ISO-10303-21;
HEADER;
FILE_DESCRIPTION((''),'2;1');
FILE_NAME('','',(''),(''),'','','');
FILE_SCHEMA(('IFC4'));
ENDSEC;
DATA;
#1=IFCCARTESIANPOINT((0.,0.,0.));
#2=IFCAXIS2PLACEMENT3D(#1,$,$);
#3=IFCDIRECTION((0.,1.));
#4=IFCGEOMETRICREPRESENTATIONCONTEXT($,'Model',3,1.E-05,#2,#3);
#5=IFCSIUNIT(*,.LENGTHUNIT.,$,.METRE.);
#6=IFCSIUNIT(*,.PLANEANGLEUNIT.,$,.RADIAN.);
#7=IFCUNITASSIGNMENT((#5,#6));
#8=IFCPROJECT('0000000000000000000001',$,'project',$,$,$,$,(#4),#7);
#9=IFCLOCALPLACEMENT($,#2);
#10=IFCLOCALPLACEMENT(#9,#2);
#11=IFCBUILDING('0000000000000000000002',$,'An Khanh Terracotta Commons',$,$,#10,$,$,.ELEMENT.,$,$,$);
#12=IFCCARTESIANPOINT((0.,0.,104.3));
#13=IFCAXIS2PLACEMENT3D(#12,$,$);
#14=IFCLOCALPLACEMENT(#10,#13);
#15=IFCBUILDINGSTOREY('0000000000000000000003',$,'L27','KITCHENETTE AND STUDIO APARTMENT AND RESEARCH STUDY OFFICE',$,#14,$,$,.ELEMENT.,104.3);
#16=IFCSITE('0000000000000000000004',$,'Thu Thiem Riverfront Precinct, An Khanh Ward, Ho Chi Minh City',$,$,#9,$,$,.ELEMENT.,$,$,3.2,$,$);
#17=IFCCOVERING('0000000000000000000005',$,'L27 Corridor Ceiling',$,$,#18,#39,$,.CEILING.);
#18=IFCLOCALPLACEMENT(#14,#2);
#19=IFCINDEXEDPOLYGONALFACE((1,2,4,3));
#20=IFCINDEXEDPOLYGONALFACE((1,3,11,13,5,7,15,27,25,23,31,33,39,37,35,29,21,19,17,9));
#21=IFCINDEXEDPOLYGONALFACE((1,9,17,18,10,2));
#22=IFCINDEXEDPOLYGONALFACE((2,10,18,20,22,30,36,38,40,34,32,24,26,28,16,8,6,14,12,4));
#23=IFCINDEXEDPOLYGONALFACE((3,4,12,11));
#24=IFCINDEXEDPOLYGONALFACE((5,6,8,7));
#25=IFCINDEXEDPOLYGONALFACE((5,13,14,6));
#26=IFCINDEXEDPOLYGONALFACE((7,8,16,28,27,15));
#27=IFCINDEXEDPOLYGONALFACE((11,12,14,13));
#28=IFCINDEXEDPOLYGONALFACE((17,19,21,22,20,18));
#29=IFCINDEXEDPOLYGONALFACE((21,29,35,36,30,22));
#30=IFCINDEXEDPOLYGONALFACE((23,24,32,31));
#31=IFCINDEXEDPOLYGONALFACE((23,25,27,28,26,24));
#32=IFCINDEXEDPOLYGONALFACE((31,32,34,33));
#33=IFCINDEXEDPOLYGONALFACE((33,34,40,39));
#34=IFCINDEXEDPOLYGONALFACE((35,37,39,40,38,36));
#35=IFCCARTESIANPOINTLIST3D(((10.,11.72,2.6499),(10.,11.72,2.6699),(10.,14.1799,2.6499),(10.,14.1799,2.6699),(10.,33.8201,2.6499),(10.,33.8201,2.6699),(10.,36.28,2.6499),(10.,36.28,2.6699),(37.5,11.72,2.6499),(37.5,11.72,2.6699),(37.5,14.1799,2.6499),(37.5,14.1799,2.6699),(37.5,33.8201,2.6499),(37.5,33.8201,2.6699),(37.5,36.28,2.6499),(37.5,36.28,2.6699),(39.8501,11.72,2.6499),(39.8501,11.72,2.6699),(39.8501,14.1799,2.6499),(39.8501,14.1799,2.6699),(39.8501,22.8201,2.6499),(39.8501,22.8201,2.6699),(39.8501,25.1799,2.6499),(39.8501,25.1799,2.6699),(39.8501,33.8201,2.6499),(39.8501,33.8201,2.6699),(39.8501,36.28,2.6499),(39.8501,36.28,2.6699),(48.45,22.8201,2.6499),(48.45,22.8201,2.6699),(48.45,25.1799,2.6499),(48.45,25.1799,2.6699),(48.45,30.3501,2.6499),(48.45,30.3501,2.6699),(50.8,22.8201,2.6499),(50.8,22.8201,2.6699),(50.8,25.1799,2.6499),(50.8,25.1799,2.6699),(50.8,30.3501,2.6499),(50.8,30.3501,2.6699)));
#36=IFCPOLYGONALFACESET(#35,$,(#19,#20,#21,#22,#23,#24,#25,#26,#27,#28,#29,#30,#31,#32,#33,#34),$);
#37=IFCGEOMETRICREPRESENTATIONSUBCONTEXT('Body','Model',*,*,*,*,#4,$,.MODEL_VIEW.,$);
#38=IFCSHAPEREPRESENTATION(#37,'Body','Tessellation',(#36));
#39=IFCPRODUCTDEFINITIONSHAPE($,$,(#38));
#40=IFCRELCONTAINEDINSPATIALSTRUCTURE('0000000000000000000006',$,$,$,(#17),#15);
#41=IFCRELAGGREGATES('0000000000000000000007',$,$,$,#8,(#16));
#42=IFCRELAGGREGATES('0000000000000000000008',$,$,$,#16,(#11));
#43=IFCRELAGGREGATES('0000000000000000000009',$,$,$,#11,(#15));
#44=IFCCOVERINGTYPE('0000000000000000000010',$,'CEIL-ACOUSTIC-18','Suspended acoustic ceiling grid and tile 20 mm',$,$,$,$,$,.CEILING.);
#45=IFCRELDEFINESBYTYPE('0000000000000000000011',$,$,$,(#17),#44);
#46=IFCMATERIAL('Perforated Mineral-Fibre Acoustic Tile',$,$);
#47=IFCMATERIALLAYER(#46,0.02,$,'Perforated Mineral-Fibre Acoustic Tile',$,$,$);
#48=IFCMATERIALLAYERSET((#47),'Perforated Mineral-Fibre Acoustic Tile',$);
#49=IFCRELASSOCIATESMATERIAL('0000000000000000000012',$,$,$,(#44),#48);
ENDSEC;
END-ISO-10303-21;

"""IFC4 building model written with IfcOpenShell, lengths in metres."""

from ifc_helpers import new_model, si_unit, direction, frame, origin, place, context, subcontext, project, spatial, polyline, outline, extrude, material, layer, layer_set, type_object, element, save


model = new_model("IFC4")

# Units and contexts
model_context = context("Model", 3, precision=1e-05, world=origin(), true_north=direction((0.0, 1.0)))
body_context = subcontext(model_context, "Body", "Model", "MODEL_VIEW")
ifc_project = project(units=[si_unit("LENGTHUNIT", "METRE"), si_unit("PLANEANGLEUNIT", "RADIAN")], contexts=[model_context])

# Site, building, storey
site_placement = place(None, origin())
site = spatial("IfcSite", under=ifc_project, at=site_placement, Name="Thu Thiem Riverfront Precinct, An Khanh Ward, Ho Chi Minh City", CompositionType="ELEMENT", RefElevation=3.2)
building_placement = place(site_placement, origin())
building = spatial("IfcBuilding", under=site, at=building_placement, Name="An Khanh Terracotta Commons", CompositionType="ELEMENT")
storey_placement = place(building_placement, frame((0.0, 0.0, 104.3)))
storey = spatial("IfcBuildingStorey", under=building, at=storey_placement, Name="L27", Description="KITCHENETTE AND STUDIO APARTMENT AND RESEARCH STUDY OFFICE", CompositionType="ELEMENT", Elevation=104.3)

# Covering
ifc_material_1 = material(Name="Perforated Mineral-Fibre Acoustic Tile")
ifc_layer_1 = layer(ifc_material_1, 0.02, Name="Perforated Mineral-Fibre Acoustic Tile")
ifc_layer_set_1 = layer_set([ifc_layer_1], Name="Perforated Mineral-Fibre Acoustic Tile")
covering_type = type_object("IfcCoveringType", Name="CEIL-ACOUSTIC-18", Description="Suspended acoustic ceiling grid and tile 20 mm", PredefinedType="CEILING", material=ifc_layer_set_1)
covering_placement = place(storey_placement, frame((0.0, 0.0, 2.6499)))
element("IfcCovering", 1, at=covering_placement, inside=storey, type_object=covering_type, Name="L27 Corridor Ceiling", PredefinedType="CEILING", context=body_context, shape_type="SweptSolid", body=[
    extrude(outline(polyline([(10.0, 11.72), (10.0, 14.1799), (37.5, 14.1799), (37.5, 33.8201), (10.0, 33.8201), (10.0, 36.28), (37.5, 36.28), (39.8501, 36.28), (39.8501, 33.8201), (39.8501, 25.1799), (48.45, 25.1799), (48.45, 30.3501), (50.8, 30.3501), (50.8, 25.1799), (50.8, 22.8201), (48.45, 22.8201), (39.8501, 22.8201), (39.8501, 14.1799), (39.8501, 11.72), (37.5, 11.72), (10.0, 11.72)])), origin(), (0.0, 0.0, 1.0), 0.02),
])

save(model, "model.ifc")
